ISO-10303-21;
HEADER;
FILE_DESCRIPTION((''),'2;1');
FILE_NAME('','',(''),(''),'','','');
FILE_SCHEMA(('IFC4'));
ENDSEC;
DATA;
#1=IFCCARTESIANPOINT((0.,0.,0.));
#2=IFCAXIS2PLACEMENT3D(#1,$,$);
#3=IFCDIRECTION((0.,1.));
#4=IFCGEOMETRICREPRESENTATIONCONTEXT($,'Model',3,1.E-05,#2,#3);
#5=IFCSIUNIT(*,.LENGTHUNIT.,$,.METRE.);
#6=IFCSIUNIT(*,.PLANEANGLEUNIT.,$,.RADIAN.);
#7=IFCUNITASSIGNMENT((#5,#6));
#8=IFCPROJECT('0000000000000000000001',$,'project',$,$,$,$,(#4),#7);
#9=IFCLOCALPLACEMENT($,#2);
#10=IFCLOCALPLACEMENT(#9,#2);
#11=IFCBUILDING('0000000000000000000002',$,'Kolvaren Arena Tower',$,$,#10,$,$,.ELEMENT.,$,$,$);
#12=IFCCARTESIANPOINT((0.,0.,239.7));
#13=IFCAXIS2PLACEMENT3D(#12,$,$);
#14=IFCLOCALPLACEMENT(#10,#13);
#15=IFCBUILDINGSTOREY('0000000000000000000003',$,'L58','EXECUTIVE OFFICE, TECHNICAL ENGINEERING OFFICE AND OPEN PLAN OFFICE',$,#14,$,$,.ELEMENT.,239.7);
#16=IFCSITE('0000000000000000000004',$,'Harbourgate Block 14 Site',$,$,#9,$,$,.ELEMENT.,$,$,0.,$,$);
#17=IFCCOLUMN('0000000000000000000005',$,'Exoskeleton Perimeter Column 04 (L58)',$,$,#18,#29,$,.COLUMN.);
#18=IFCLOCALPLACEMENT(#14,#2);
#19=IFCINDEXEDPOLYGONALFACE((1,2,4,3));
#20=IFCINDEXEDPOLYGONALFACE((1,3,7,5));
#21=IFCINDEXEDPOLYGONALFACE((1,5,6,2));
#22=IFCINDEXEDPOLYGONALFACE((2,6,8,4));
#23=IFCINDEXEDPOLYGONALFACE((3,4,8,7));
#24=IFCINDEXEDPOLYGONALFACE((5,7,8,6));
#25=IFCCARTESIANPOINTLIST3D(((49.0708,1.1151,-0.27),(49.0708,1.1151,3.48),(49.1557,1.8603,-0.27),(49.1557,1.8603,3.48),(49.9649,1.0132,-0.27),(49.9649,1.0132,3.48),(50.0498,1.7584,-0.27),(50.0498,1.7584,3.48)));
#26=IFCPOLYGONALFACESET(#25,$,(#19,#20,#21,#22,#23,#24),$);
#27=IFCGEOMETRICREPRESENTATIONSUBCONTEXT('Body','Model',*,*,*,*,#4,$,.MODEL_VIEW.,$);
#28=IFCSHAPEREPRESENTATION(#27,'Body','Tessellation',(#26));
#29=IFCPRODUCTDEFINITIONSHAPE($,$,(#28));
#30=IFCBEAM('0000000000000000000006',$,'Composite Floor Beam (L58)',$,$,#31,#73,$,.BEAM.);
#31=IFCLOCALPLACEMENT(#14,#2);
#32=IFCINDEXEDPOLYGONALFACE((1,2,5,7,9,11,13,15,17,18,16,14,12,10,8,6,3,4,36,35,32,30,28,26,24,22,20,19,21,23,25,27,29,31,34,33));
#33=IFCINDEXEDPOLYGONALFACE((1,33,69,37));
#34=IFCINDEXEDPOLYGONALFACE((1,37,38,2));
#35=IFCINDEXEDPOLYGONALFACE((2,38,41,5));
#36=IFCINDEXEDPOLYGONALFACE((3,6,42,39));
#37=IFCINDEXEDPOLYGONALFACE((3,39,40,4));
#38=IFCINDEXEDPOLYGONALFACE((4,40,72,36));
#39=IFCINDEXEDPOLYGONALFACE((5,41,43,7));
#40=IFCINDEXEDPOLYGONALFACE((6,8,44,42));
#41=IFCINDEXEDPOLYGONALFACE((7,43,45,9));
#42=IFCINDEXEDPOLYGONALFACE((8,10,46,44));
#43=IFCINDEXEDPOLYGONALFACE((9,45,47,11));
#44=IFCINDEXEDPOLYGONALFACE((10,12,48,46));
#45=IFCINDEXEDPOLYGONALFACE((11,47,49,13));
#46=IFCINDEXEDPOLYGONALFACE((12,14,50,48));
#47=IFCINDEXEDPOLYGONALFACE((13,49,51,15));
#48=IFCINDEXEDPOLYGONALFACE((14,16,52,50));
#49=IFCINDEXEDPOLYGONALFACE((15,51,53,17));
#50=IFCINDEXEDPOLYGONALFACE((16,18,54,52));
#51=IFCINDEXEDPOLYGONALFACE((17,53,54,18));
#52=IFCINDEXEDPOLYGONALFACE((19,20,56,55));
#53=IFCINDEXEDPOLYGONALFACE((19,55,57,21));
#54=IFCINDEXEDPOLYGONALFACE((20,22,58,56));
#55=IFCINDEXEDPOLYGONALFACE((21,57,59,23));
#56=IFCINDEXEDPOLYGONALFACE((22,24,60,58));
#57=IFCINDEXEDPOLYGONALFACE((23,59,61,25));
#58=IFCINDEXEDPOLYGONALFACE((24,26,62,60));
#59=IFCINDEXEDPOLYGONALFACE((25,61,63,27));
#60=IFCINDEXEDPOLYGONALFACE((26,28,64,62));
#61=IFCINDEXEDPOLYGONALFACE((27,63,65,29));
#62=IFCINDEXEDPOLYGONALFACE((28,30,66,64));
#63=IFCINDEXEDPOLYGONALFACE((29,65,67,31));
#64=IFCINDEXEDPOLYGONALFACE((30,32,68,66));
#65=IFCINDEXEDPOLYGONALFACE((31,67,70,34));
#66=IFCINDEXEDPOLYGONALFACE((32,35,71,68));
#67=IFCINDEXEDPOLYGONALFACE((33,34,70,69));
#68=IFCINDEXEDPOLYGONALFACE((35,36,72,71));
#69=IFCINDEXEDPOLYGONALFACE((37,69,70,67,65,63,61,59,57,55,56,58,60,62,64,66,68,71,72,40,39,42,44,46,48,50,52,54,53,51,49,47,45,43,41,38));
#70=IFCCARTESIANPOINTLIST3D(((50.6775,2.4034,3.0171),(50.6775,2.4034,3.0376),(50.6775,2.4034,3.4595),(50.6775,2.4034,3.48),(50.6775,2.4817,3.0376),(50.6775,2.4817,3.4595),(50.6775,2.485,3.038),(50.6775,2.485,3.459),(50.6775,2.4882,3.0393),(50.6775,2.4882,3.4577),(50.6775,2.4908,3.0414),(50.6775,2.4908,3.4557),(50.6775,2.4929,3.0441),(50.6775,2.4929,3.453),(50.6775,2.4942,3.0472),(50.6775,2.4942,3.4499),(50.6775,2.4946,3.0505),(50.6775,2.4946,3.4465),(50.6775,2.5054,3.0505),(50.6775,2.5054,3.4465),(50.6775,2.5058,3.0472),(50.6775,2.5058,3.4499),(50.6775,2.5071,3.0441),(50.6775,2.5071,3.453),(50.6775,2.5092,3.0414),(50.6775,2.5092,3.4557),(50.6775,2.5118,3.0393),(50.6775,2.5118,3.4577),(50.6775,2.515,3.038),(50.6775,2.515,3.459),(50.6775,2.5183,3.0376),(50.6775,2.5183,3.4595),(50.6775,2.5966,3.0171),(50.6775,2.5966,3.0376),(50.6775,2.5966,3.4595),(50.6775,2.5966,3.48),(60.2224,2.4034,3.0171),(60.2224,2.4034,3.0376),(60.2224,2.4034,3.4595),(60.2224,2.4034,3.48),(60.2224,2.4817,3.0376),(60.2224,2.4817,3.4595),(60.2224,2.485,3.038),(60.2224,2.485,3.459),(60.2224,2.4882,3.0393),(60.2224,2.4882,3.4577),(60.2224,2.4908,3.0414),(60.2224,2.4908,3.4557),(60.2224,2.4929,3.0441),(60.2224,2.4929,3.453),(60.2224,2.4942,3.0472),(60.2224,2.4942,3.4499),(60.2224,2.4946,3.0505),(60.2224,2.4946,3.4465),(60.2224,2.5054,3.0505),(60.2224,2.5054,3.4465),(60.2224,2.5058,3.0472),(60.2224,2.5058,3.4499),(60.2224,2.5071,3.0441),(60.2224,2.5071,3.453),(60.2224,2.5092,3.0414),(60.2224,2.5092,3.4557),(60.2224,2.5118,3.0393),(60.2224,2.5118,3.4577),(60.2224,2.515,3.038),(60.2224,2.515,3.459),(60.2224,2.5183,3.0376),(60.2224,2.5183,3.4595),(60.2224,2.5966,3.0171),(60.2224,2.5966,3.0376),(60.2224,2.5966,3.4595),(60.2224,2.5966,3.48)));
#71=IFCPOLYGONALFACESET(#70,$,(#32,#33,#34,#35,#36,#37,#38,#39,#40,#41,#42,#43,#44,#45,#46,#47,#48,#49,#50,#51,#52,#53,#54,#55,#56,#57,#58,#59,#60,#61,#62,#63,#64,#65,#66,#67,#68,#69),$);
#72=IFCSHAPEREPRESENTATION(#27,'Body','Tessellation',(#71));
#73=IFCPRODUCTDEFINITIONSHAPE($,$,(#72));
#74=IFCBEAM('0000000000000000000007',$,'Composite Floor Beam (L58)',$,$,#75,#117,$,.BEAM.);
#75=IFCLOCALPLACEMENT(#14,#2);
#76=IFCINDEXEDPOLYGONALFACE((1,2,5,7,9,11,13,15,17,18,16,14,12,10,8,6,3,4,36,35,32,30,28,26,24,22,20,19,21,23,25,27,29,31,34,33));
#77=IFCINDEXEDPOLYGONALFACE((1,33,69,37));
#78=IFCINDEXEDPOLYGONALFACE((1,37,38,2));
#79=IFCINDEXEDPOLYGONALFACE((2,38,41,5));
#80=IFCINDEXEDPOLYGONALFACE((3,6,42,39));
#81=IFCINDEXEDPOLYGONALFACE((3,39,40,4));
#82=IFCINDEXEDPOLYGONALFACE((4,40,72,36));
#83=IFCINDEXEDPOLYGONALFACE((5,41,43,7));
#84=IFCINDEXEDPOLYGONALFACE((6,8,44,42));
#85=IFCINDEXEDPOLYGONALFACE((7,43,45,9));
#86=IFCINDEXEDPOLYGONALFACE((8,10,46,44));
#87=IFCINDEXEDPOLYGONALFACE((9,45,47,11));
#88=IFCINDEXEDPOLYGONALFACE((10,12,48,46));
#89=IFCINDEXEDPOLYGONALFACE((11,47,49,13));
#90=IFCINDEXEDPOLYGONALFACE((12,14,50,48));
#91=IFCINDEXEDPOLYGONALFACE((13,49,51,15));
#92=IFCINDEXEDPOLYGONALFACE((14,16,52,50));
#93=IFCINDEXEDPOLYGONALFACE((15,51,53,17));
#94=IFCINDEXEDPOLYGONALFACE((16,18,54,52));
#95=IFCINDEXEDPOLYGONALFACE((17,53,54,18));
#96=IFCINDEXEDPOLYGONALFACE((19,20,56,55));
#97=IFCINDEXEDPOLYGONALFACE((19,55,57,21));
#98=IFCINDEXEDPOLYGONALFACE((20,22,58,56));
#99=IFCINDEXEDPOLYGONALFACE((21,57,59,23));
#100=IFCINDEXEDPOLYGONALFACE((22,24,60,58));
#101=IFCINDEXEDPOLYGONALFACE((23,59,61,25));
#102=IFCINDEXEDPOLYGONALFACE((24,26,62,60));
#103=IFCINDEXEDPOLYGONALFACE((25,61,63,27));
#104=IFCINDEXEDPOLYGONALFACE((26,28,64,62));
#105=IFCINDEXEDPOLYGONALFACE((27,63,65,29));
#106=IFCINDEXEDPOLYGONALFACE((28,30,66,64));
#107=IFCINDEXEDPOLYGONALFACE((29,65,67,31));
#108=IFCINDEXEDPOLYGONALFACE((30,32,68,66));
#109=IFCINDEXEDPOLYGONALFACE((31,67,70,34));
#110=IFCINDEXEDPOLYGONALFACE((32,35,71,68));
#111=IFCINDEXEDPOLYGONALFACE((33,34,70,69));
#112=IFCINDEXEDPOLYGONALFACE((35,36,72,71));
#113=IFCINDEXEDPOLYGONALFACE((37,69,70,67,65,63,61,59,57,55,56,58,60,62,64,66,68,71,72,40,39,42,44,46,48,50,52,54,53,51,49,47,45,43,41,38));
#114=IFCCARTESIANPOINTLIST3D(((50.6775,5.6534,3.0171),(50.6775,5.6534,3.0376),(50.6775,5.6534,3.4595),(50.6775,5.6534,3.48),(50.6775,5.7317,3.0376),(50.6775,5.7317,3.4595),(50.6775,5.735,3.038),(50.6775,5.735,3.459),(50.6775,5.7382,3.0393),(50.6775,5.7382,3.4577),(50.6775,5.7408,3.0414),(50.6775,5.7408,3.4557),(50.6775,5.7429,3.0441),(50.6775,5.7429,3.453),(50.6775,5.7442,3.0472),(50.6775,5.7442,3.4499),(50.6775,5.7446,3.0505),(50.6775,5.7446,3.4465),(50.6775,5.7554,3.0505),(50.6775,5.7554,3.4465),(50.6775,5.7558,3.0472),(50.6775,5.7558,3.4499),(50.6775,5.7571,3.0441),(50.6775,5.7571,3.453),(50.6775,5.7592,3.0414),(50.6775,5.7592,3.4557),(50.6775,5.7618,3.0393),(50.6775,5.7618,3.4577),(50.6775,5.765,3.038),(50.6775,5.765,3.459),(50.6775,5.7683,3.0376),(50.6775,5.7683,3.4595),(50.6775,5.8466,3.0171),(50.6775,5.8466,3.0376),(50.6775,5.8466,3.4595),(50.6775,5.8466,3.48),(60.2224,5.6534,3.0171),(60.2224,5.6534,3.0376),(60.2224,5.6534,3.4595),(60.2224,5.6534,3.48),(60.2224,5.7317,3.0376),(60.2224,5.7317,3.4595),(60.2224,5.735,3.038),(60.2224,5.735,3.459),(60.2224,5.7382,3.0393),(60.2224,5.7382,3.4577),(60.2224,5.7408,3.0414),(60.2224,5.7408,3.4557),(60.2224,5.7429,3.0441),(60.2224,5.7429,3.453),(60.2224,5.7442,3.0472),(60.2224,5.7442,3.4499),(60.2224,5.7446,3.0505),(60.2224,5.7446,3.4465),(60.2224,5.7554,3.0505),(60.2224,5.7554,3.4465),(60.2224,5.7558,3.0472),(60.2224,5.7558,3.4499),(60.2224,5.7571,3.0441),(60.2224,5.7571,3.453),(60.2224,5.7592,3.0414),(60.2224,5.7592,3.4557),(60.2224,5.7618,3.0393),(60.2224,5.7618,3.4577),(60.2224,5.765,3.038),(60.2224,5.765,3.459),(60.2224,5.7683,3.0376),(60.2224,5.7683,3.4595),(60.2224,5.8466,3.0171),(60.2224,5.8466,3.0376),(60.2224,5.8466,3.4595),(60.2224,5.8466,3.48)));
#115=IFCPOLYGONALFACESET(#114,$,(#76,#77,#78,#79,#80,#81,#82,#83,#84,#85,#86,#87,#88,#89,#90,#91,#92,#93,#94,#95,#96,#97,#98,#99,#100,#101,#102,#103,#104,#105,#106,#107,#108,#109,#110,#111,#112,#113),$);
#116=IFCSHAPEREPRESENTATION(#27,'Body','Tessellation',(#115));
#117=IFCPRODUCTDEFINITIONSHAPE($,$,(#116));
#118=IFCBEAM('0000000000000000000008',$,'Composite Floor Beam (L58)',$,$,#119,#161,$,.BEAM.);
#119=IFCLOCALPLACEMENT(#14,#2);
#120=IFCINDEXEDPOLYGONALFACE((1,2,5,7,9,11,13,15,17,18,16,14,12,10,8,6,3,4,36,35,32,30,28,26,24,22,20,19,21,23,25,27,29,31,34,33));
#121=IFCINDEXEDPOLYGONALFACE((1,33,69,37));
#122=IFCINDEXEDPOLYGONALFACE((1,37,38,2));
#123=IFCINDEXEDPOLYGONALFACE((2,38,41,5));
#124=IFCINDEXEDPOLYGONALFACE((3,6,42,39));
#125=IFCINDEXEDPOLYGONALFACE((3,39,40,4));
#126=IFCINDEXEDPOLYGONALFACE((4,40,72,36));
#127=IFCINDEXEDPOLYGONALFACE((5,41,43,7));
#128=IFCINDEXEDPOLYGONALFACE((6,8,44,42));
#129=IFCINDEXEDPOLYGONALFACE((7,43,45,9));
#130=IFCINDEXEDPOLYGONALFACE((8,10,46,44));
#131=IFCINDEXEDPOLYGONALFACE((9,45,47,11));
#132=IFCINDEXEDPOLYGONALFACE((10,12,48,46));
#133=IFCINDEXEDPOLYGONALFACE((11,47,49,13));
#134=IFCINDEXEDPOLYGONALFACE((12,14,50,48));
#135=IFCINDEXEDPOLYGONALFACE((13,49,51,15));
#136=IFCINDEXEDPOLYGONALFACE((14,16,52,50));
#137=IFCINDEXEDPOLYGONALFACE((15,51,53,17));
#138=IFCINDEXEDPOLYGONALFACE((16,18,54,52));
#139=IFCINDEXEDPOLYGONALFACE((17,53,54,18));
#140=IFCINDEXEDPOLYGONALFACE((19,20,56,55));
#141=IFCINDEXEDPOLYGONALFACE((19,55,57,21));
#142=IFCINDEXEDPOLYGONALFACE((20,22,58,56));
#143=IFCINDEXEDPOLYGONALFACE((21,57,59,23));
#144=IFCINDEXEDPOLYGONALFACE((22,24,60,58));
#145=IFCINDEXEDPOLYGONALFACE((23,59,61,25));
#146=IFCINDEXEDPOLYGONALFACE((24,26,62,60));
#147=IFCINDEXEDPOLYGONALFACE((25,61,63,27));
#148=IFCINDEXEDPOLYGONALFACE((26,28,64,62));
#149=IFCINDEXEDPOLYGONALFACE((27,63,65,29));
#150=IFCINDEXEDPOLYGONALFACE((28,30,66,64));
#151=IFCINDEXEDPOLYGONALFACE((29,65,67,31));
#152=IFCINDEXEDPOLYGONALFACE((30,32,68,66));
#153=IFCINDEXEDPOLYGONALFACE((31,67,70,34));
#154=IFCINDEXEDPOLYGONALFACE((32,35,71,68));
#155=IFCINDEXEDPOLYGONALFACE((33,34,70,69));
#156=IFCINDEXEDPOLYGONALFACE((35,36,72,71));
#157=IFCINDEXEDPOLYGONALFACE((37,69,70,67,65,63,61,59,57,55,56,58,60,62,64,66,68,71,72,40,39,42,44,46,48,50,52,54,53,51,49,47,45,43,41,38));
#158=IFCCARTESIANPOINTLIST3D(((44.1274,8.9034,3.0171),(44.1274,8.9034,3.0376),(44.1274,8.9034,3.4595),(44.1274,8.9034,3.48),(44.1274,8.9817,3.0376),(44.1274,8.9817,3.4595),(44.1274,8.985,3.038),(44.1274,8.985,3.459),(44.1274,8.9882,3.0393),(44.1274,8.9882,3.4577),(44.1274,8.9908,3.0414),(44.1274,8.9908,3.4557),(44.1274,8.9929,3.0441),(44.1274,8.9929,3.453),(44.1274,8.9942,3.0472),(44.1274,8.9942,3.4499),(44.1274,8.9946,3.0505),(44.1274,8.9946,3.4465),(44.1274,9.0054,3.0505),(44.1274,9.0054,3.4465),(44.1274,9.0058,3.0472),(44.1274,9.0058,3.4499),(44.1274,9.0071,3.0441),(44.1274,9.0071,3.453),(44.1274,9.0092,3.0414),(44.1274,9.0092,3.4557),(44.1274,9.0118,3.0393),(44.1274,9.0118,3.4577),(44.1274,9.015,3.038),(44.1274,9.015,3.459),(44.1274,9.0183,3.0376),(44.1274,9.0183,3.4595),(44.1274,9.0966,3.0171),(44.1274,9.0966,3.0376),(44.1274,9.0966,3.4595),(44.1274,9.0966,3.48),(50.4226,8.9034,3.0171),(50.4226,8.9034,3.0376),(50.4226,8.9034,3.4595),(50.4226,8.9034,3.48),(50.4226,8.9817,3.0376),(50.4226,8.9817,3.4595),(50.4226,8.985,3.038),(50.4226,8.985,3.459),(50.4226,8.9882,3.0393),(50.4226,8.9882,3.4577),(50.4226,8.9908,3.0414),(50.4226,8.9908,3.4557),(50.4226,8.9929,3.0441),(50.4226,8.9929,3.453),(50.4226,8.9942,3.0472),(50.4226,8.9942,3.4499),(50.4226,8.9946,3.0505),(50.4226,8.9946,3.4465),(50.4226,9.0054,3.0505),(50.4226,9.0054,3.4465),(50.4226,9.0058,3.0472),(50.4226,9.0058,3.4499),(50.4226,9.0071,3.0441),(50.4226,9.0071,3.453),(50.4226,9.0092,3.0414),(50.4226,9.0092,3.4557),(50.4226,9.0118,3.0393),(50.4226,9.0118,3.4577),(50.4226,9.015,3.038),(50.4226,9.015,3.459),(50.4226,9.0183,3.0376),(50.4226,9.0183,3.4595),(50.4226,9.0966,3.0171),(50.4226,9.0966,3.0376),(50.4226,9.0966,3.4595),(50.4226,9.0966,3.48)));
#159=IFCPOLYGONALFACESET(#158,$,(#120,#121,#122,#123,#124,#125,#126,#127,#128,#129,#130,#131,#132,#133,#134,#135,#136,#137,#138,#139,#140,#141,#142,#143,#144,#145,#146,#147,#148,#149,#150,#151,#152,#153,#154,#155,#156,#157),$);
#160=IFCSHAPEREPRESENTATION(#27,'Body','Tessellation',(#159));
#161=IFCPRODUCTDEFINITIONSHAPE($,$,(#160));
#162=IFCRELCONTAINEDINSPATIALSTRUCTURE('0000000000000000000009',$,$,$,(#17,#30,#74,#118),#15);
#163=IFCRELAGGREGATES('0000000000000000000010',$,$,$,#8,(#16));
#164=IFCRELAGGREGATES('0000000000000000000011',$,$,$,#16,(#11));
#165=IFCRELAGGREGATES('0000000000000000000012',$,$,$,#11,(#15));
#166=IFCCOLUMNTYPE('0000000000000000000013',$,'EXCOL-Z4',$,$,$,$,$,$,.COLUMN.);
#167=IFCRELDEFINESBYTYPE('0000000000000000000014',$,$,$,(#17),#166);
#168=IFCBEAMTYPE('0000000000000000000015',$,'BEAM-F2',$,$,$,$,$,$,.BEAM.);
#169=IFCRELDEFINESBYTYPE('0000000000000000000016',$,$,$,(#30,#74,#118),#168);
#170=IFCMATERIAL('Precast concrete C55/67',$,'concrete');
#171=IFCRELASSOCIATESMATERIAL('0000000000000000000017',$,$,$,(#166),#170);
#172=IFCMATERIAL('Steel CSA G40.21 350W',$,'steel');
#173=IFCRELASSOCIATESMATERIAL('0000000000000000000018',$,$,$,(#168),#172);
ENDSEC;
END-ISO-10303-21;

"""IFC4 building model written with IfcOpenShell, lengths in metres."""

from ifc_helpers import new_model, si_unit, direction, frame, origin, origin_2d, place, context, subcontext, project, spatial, rectangle, i_section, extrude, material, material_profile, profile_set, type_object, element, save


model = new_model("IFC4")

# Units and contexts
model_context = context("Model", 3, precision=1e-05, world=origin(), true_north=direction((0.0, 1.0)))
body_context = subcontext(model_context, "Body", "Model", "MODEL_VIEW")
ifc_project = project(units=[si_unit("LENGTHUNIT", "METRE"), si_unit("PLANEANGLEUNIT", "RADIAN")], contexts=[model_context])

# Site, building, storey
site_placement = place(None, origin())
site = spatial("IfcSite", under=ifc_project, at=site_placement, Name="Harbourgate Block 14 Site", CompositionType="ELEMENT", RefElevation=0.0)
building_placement = place(site_placement, origin())
building = spatial("IfcBuilding", under=site, at=building_placement, Name="Kolvaren Arena Tower", CompositionType="ELEMENT")
storey_placement = place(building_placement, frame((0.0, 0.0, 239.7)))
storey = spatial("IfcBuildingStorey", under=building, at=storey_placement, Name="L58", Description="EXECUTIVE OFFICE, TECHNICAL ENGINEERING OFFICE AND OPEN PLAN OFFICE", CompositionType="ELEMENT", Elevation=239.7)

# Column
ifc_material_1 = material(Name="Precast concrete C55/67", Category="concrete")
ifc_material_profile_1 = material_profile(ifc_material_1, rectangle(XDim=0.8999, YDim=0.75, at=origin_2d()), Name="RC-900x750")
ifc_profile_set_1 = profile_set([ifc_material_profile_1], Name="Precast concrete C55/67")
column_type = type_object("IfcColumnType", Name="EXCOL-Z4", PredefinedType="COLUMN", material=ifc_profile_set_1)
column_placement = place(storey_placement, frame((49.5603, 1.4368, -0.27), z_axis=(0.0, 0.0, 1.0), x_axis=(0.993572, -0.113203, 0.0)))
element("IfcColumn", 1, at=column_placement, inside=storey, type_object=column_type, Name="Exoskeleton Perimeter Column 04 (L58)", PredefinedType="COLUMN", context=body_context, shape_type="SweptSolid", body=[
    extrude(rectangle(XDim=0.8999, YDim=0.75, at=origin_2d()), origin(), (0.0, 0.0, 1.0), 3.75),
])

# Beams
ifc_material_2 = material(Name="Steel CSA G40.21 350W", Category="steel")
ifc_material_profile_2 = material_profile(ifc_material_2, i_section(OverallWidth=0.1931, OverallDepth=0.4629, WebThickness=0.0107, FlangeThickness=0.0205, FilletRadius=0.0129, at=origin_2d()), Name="W460x113")
ifc_profile_set_2 = profile_set([ifc_material_profile_2], Name="Steel CSA G40.21 350W")
beam_type_1 = type_object("IfcBeamType", Name="BEAM-F2", PredefinedType="BEAM", material=ifc_profile_set_2)
for number, where, z_axis, x_axis, name in (
    (2, (50.6775, 2.5, 3.2485), (1.0, 0.0, 0.0), (0.0, 1.0, 0.0), "Composite Floor Beam (L58)"),
    (3, (50.6775, 5.75, 3.2485), (1.0, 0.0, 0.0), (0.0, 1.0, 0.0), "Composite Floor Beam (L58)"),
):
    element("IfcBeam", number, at=place(storey_placement, frame(where, z_axis=z_axis, x_axis=x_axis)), inside=storey, type_object=beam_type_1, Name=name, PredefinedType="BEAM", context=body_context, shape_type="SweptSolid", body=[
        extrude(i_section(OverallWidth=0.1931, OverallDepth=0.4629, WebThickness=0.0107, FlangeThickness=0.0205, FilletRadius=0.0129, at=origin_2d()), origin(), (0.0, 0.0, 1.0), 9.5449),
    ])
beam_1_placement = place(storey_placement, frame((44.1274, 9.0, 3.2485), z_axis=(1.0, 0.0, 0.0), x_axis=(0.0, 1.0, 0.0)))
element("IfcBeam", 4, at=beam_1_placement, inside=storey, type_object=beam_type_1, Name="Composite Floor Beam (L58)", PredefinedType="BEAM", context=body_context, shape_type="SweptSolid", body=[
    extrude(i_section(OverallWidth=0.1931, OverallDepth=0.4629, WebThickness=0.0107, FlangeThickness=0.0205, FilletRadius=0.0129, at=origin_2d()), origin(), (0.0, 0.0, 1.0), 6.2952),
])

save(model, "model.ifc")
